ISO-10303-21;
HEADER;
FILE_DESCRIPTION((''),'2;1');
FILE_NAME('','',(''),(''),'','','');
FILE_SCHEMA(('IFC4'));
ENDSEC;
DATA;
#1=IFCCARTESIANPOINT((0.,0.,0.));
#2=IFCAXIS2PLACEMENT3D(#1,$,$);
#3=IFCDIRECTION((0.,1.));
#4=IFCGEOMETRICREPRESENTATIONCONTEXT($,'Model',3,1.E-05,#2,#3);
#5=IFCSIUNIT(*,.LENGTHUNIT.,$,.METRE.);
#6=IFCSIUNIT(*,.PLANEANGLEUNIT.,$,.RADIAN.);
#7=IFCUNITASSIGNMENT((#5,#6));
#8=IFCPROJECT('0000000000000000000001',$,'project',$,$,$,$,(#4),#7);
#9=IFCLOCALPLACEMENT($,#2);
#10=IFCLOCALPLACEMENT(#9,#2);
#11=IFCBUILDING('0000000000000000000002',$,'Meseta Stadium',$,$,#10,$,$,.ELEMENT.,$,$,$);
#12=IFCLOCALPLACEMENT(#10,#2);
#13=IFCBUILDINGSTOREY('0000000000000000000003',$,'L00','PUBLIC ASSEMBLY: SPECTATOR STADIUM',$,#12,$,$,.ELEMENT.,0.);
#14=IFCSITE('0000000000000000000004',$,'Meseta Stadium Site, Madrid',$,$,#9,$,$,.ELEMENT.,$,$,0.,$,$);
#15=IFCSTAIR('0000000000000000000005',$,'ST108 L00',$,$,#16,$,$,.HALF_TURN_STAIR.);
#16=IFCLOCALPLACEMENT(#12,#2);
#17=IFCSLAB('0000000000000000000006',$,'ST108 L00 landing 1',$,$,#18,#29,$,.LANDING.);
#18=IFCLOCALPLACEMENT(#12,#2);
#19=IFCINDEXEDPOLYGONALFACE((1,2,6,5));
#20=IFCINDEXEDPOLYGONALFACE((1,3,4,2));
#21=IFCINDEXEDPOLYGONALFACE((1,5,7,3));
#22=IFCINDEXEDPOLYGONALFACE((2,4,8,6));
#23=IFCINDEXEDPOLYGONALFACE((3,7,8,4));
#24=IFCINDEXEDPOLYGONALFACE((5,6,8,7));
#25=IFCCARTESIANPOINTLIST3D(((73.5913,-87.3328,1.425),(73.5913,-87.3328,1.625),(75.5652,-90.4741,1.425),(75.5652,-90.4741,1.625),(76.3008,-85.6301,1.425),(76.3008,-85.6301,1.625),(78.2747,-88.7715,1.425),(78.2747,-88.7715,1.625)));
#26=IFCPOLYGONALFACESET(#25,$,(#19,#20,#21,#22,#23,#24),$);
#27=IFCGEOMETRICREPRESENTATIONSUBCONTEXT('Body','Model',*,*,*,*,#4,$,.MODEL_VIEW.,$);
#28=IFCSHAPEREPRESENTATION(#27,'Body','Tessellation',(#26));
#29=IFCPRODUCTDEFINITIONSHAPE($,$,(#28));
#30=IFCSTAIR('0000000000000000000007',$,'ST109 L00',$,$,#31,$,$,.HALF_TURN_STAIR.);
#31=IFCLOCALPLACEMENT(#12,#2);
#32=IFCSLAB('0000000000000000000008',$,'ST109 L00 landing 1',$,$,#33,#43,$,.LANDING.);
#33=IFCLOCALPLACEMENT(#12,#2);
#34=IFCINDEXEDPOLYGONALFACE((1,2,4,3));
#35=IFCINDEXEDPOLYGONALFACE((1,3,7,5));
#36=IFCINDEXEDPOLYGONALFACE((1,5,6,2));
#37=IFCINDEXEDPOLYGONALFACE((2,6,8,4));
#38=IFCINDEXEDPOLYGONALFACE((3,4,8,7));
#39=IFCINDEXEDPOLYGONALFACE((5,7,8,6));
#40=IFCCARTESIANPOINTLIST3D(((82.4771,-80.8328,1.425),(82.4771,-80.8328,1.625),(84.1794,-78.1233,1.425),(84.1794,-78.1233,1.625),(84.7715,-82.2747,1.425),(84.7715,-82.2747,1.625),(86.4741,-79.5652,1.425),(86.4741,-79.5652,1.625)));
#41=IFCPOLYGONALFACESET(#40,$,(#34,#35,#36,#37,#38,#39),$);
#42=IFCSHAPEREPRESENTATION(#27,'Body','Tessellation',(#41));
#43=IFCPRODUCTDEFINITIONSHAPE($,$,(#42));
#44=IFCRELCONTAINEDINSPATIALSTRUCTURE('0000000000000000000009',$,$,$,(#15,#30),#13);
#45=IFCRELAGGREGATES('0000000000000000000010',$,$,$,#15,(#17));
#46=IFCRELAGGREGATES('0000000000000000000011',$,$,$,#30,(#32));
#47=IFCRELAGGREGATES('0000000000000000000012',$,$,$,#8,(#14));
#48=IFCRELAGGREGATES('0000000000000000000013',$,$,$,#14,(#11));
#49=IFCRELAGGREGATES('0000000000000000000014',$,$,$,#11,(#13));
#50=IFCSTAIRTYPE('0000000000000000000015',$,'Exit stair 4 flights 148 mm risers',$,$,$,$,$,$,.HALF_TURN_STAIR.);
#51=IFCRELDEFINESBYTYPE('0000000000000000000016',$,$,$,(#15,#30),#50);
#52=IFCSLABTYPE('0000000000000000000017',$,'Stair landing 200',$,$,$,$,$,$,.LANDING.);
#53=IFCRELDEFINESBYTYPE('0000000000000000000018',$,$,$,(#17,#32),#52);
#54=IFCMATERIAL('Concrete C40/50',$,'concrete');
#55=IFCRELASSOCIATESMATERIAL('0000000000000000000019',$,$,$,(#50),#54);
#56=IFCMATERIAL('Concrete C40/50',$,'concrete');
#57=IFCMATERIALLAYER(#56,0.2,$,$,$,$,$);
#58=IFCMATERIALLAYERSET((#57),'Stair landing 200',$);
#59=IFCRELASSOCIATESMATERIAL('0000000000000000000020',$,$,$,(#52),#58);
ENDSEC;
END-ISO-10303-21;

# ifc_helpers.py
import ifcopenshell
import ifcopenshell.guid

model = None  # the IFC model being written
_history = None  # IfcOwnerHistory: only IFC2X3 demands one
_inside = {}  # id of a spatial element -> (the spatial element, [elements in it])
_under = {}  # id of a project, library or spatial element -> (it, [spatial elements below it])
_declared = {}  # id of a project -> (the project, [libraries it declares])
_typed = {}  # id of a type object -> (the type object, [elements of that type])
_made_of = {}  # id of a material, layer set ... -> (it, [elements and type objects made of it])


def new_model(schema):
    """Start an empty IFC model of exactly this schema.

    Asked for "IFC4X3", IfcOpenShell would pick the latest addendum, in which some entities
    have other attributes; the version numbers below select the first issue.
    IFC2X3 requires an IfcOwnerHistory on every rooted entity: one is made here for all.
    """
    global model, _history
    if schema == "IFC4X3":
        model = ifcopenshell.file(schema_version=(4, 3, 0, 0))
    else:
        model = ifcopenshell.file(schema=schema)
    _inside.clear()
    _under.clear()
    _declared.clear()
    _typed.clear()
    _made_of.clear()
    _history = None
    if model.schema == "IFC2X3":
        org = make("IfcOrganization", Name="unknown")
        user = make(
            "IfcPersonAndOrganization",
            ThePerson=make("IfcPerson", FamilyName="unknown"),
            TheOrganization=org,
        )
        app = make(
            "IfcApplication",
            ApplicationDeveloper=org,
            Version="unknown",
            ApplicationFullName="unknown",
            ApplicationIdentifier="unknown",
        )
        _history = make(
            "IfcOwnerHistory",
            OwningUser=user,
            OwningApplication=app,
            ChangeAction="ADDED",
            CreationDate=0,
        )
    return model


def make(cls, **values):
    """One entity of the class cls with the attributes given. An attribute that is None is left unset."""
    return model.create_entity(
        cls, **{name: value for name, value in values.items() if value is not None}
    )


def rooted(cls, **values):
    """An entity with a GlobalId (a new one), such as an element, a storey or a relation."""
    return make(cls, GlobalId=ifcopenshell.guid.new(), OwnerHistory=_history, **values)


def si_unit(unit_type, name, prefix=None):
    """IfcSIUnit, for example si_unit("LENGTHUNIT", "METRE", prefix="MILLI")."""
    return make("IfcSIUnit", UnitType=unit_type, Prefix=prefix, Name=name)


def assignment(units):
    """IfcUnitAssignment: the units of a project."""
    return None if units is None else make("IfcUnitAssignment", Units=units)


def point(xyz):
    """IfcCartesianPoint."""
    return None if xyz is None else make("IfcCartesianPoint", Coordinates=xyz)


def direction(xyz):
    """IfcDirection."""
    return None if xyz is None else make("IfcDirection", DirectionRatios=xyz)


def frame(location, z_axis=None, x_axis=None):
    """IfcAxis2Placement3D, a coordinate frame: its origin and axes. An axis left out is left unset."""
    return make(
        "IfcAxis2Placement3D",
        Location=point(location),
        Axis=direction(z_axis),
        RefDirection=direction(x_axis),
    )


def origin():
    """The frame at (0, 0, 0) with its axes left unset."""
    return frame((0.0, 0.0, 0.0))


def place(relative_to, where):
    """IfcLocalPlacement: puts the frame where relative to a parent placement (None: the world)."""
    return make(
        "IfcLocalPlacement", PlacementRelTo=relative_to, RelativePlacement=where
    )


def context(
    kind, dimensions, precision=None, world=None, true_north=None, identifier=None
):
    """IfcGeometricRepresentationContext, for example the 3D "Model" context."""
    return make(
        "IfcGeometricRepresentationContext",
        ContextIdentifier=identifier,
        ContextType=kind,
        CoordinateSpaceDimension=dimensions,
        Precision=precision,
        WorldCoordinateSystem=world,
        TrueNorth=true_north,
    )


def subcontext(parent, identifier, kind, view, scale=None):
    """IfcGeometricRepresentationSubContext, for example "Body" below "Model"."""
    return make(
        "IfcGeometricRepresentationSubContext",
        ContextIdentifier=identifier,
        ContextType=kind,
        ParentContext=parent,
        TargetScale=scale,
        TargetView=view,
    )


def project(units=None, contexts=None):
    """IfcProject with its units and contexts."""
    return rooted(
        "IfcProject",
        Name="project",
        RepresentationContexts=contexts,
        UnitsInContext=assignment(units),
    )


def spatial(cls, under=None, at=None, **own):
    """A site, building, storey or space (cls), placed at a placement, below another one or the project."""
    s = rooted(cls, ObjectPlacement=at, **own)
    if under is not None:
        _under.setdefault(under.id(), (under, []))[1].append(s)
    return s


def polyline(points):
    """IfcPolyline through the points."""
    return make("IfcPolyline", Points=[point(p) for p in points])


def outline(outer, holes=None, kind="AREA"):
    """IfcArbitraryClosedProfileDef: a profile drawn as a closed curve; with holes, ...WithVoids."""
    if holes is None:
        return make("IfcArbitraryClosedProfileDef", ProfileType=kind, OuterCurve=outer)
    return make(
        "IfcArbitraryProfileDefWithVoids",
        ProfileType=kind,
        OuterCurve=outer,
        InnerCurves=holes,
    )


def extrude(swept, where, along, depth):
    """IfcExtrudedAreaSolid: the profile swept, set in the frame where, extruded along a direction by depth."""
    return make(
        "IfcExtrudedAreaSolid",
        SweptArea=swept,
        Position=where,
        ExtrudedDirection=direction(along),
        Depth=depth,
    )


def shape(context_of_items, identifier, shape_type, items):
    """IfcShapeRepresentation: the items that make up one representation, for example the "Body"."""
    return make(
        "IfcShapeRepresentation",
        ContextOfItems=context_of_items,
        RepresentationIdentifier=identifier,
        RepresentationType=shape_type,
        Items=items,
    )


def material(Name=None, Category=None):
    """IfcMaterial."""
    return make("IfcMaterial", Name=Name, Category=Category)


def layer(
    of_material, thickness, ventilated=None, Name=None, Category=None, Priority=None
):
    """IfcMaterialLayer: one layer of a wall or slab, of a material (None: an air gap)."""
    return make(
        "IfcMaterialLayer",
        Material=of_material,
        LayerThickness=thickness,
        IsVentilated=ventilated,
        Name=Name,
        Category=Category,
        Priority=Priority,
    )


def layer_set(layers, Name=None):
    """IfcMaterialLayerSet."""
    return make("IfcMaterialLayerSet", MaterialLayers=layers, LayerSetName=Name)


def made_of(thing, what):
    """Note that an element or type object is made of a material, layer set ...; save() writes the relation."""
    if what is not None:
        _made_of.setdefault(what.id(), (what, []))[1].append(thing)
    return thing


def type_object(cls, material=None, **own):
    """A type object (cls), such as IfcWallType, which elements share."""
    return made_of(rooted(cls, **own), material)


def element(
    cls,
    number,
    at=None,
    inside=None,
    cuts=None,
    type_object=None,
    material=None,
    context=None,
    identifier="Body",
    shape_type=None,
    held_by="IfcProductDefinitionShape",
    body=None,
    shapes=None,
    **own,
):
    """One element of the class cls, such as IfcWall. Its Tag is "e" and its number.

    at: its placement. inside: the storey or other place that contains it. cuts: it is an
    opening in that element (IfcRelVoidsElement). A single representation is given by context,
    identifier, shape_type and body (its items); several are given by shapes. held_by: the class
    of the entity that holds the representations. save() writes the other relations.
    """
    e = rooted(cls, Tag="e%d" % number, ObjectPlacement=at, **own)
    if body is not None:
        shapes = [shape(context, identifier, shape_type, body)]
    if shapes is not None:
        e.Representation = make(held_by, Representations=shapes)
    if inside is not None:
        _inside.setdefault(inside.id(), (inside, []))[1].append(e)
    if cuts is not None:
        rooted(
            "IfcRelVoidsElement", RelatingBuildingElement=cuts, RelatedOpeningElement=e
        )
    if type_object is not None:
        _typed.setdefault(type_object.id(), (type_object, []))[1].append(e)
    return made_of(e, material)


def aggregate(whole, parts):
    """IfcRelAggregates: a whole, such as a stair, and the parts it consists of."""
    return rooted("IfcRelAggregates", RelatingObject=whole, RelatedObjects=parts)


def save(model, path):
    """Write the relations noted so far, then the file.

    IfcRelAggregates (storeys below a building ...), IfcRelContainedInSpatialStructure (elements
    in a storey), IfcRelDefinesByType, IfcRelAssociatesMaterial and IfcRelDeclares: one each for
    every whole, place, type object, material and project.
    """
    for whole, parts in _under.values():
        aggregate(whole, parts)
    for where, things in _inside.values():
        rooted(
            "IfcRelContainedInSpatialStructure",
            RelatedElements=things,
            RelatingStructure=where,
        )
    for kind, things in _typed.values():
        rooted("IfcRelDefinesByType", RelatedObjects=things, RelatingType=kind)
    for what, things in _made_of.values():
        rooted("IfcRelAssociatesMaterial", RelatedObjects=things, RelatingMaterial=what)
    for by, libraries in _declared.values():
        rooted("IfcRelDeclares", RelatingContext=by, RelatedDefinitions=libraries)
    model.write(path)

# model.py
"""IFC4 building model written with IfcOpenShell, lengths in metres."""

from ifc_helpers import new_model, si_unit, direction, frame, origin, place, context, subcontext, project, spatial, polyline, outline, extrude, material, layer, layer_set, type_object, element, aggregate, save


model = new_model("IFC4")

# Units and contexts
model_context = context("Model", 3, precision=1e-05, world=origin(), true_north=direction((0.0, 1.0)))
body_context = subcontext(model_context, "Body", "Model", "MODEL_VIEW")
ifc_project = project(units=[si_unit("LENGTHUNIT", "METRE"), si_unit("PLANEANGLEUNIT", "RADIAN")], contexts=[model_context])

# Site, building, storey
site_placement = place(None, origin())
site = spatial("IfcSite", under=ifc_project, at=site_placement, Name="Meseta Stadium Site, Madrid", CompositionType="ELEMENT", RefElevation=0.0)
building_placement = place(site_placement, origin())
building = spatial("IfcBuilding", under=site, at=building_placement, Name="Meseta Stadium", CompositionType="ELEMENT")
storey_placement = place(building_placement, origin())
storey = spatial("IfcBuildingStorey", under=building, at=storey_placement, Name="L00", Description="PUBLIC ASSEMBLY: SPECTATOR STADIUM", CompositionType="ELEMENT", Elevation=0.0)

# Stairs, slabs
ifc_material_1 = material(Name="Concrete C40/50", Category="concrete")
stair_type = type_object("IfcStairType", Name="Exit stair 4 flights 148 mm risers", PredefinedType="HALF_TURN_STAIR", material=ifc_material_1)
ifc_material_2 = material(Name="Concrete C40/50", Category="concrete")
ifc_layer = layer(ifc_material_2, 0.2)
ifc_layer_set = layer_set([ifc_layer], Name="Stair landing 200")
slab_type = type_object("IfcSlabType", Name="Stair landing 200", PredefinedType="LANDING", material=ifc_layer_set)
stair_1_placement = place(storey_placement, origin())
stair_1 = element("IfcStair", 1, at=stair_1_placement, inside=storey, type_object=stair_type, Name="ST108 L00", PredefinedType="HALF_TURN_STAIR")
slab_1_placement = place(storey_placement, frame((0.0, 0.0, 1.425)))
slab_1 = element("IfcSlab", 2, at=slab_1_placement, type_object=slab_type, Name="ST108 L00 landing 1", PredefinedType="LANDING", context=body_context, shape_type="SweptSolid", body=[
    extrude(outline(polyline([(73.5913, -87.3328), (75.5652, -90.4741), (78.2747, -88.7715), (76.3008, -85.6301), (73.5913, -87.3328)])), origin(), (0.0, 0.0, 1.0), 0.2),
])
aggregate(stair_1, [slab_1])
stair_2_placement = place(storey_placement, origin())
stair_2 = element("IfcStair", 3, at=stair_2_placement, inside=storey, type_object=stair_type, Name="ST109 L00", PredefinedType="HALF_TURN_STAIR")
slab_2_placement = place(storey_placement, frame((0.0, 0.0, 1.425)))
slab_2 = element("IfcSlab", 4, at=slab_2_placement, type_object=slab_type, Name="ST109 L00 landing 1", PredefinedType="LANDING", context=body_context, shape_type="SweptSolid", body=[
    extrude(outline(polyline([(82.4771, -80.8328), (84.7715, -82.2747), (86.4741, -79.5652), (84.1794, -78.1233), (82.4771, -80.8328)])), origin(), (0.0, 0.0, 1.0), 0.2),
])
aggregate(stair_2, [slab_2])

save(model, "model.ifc")
